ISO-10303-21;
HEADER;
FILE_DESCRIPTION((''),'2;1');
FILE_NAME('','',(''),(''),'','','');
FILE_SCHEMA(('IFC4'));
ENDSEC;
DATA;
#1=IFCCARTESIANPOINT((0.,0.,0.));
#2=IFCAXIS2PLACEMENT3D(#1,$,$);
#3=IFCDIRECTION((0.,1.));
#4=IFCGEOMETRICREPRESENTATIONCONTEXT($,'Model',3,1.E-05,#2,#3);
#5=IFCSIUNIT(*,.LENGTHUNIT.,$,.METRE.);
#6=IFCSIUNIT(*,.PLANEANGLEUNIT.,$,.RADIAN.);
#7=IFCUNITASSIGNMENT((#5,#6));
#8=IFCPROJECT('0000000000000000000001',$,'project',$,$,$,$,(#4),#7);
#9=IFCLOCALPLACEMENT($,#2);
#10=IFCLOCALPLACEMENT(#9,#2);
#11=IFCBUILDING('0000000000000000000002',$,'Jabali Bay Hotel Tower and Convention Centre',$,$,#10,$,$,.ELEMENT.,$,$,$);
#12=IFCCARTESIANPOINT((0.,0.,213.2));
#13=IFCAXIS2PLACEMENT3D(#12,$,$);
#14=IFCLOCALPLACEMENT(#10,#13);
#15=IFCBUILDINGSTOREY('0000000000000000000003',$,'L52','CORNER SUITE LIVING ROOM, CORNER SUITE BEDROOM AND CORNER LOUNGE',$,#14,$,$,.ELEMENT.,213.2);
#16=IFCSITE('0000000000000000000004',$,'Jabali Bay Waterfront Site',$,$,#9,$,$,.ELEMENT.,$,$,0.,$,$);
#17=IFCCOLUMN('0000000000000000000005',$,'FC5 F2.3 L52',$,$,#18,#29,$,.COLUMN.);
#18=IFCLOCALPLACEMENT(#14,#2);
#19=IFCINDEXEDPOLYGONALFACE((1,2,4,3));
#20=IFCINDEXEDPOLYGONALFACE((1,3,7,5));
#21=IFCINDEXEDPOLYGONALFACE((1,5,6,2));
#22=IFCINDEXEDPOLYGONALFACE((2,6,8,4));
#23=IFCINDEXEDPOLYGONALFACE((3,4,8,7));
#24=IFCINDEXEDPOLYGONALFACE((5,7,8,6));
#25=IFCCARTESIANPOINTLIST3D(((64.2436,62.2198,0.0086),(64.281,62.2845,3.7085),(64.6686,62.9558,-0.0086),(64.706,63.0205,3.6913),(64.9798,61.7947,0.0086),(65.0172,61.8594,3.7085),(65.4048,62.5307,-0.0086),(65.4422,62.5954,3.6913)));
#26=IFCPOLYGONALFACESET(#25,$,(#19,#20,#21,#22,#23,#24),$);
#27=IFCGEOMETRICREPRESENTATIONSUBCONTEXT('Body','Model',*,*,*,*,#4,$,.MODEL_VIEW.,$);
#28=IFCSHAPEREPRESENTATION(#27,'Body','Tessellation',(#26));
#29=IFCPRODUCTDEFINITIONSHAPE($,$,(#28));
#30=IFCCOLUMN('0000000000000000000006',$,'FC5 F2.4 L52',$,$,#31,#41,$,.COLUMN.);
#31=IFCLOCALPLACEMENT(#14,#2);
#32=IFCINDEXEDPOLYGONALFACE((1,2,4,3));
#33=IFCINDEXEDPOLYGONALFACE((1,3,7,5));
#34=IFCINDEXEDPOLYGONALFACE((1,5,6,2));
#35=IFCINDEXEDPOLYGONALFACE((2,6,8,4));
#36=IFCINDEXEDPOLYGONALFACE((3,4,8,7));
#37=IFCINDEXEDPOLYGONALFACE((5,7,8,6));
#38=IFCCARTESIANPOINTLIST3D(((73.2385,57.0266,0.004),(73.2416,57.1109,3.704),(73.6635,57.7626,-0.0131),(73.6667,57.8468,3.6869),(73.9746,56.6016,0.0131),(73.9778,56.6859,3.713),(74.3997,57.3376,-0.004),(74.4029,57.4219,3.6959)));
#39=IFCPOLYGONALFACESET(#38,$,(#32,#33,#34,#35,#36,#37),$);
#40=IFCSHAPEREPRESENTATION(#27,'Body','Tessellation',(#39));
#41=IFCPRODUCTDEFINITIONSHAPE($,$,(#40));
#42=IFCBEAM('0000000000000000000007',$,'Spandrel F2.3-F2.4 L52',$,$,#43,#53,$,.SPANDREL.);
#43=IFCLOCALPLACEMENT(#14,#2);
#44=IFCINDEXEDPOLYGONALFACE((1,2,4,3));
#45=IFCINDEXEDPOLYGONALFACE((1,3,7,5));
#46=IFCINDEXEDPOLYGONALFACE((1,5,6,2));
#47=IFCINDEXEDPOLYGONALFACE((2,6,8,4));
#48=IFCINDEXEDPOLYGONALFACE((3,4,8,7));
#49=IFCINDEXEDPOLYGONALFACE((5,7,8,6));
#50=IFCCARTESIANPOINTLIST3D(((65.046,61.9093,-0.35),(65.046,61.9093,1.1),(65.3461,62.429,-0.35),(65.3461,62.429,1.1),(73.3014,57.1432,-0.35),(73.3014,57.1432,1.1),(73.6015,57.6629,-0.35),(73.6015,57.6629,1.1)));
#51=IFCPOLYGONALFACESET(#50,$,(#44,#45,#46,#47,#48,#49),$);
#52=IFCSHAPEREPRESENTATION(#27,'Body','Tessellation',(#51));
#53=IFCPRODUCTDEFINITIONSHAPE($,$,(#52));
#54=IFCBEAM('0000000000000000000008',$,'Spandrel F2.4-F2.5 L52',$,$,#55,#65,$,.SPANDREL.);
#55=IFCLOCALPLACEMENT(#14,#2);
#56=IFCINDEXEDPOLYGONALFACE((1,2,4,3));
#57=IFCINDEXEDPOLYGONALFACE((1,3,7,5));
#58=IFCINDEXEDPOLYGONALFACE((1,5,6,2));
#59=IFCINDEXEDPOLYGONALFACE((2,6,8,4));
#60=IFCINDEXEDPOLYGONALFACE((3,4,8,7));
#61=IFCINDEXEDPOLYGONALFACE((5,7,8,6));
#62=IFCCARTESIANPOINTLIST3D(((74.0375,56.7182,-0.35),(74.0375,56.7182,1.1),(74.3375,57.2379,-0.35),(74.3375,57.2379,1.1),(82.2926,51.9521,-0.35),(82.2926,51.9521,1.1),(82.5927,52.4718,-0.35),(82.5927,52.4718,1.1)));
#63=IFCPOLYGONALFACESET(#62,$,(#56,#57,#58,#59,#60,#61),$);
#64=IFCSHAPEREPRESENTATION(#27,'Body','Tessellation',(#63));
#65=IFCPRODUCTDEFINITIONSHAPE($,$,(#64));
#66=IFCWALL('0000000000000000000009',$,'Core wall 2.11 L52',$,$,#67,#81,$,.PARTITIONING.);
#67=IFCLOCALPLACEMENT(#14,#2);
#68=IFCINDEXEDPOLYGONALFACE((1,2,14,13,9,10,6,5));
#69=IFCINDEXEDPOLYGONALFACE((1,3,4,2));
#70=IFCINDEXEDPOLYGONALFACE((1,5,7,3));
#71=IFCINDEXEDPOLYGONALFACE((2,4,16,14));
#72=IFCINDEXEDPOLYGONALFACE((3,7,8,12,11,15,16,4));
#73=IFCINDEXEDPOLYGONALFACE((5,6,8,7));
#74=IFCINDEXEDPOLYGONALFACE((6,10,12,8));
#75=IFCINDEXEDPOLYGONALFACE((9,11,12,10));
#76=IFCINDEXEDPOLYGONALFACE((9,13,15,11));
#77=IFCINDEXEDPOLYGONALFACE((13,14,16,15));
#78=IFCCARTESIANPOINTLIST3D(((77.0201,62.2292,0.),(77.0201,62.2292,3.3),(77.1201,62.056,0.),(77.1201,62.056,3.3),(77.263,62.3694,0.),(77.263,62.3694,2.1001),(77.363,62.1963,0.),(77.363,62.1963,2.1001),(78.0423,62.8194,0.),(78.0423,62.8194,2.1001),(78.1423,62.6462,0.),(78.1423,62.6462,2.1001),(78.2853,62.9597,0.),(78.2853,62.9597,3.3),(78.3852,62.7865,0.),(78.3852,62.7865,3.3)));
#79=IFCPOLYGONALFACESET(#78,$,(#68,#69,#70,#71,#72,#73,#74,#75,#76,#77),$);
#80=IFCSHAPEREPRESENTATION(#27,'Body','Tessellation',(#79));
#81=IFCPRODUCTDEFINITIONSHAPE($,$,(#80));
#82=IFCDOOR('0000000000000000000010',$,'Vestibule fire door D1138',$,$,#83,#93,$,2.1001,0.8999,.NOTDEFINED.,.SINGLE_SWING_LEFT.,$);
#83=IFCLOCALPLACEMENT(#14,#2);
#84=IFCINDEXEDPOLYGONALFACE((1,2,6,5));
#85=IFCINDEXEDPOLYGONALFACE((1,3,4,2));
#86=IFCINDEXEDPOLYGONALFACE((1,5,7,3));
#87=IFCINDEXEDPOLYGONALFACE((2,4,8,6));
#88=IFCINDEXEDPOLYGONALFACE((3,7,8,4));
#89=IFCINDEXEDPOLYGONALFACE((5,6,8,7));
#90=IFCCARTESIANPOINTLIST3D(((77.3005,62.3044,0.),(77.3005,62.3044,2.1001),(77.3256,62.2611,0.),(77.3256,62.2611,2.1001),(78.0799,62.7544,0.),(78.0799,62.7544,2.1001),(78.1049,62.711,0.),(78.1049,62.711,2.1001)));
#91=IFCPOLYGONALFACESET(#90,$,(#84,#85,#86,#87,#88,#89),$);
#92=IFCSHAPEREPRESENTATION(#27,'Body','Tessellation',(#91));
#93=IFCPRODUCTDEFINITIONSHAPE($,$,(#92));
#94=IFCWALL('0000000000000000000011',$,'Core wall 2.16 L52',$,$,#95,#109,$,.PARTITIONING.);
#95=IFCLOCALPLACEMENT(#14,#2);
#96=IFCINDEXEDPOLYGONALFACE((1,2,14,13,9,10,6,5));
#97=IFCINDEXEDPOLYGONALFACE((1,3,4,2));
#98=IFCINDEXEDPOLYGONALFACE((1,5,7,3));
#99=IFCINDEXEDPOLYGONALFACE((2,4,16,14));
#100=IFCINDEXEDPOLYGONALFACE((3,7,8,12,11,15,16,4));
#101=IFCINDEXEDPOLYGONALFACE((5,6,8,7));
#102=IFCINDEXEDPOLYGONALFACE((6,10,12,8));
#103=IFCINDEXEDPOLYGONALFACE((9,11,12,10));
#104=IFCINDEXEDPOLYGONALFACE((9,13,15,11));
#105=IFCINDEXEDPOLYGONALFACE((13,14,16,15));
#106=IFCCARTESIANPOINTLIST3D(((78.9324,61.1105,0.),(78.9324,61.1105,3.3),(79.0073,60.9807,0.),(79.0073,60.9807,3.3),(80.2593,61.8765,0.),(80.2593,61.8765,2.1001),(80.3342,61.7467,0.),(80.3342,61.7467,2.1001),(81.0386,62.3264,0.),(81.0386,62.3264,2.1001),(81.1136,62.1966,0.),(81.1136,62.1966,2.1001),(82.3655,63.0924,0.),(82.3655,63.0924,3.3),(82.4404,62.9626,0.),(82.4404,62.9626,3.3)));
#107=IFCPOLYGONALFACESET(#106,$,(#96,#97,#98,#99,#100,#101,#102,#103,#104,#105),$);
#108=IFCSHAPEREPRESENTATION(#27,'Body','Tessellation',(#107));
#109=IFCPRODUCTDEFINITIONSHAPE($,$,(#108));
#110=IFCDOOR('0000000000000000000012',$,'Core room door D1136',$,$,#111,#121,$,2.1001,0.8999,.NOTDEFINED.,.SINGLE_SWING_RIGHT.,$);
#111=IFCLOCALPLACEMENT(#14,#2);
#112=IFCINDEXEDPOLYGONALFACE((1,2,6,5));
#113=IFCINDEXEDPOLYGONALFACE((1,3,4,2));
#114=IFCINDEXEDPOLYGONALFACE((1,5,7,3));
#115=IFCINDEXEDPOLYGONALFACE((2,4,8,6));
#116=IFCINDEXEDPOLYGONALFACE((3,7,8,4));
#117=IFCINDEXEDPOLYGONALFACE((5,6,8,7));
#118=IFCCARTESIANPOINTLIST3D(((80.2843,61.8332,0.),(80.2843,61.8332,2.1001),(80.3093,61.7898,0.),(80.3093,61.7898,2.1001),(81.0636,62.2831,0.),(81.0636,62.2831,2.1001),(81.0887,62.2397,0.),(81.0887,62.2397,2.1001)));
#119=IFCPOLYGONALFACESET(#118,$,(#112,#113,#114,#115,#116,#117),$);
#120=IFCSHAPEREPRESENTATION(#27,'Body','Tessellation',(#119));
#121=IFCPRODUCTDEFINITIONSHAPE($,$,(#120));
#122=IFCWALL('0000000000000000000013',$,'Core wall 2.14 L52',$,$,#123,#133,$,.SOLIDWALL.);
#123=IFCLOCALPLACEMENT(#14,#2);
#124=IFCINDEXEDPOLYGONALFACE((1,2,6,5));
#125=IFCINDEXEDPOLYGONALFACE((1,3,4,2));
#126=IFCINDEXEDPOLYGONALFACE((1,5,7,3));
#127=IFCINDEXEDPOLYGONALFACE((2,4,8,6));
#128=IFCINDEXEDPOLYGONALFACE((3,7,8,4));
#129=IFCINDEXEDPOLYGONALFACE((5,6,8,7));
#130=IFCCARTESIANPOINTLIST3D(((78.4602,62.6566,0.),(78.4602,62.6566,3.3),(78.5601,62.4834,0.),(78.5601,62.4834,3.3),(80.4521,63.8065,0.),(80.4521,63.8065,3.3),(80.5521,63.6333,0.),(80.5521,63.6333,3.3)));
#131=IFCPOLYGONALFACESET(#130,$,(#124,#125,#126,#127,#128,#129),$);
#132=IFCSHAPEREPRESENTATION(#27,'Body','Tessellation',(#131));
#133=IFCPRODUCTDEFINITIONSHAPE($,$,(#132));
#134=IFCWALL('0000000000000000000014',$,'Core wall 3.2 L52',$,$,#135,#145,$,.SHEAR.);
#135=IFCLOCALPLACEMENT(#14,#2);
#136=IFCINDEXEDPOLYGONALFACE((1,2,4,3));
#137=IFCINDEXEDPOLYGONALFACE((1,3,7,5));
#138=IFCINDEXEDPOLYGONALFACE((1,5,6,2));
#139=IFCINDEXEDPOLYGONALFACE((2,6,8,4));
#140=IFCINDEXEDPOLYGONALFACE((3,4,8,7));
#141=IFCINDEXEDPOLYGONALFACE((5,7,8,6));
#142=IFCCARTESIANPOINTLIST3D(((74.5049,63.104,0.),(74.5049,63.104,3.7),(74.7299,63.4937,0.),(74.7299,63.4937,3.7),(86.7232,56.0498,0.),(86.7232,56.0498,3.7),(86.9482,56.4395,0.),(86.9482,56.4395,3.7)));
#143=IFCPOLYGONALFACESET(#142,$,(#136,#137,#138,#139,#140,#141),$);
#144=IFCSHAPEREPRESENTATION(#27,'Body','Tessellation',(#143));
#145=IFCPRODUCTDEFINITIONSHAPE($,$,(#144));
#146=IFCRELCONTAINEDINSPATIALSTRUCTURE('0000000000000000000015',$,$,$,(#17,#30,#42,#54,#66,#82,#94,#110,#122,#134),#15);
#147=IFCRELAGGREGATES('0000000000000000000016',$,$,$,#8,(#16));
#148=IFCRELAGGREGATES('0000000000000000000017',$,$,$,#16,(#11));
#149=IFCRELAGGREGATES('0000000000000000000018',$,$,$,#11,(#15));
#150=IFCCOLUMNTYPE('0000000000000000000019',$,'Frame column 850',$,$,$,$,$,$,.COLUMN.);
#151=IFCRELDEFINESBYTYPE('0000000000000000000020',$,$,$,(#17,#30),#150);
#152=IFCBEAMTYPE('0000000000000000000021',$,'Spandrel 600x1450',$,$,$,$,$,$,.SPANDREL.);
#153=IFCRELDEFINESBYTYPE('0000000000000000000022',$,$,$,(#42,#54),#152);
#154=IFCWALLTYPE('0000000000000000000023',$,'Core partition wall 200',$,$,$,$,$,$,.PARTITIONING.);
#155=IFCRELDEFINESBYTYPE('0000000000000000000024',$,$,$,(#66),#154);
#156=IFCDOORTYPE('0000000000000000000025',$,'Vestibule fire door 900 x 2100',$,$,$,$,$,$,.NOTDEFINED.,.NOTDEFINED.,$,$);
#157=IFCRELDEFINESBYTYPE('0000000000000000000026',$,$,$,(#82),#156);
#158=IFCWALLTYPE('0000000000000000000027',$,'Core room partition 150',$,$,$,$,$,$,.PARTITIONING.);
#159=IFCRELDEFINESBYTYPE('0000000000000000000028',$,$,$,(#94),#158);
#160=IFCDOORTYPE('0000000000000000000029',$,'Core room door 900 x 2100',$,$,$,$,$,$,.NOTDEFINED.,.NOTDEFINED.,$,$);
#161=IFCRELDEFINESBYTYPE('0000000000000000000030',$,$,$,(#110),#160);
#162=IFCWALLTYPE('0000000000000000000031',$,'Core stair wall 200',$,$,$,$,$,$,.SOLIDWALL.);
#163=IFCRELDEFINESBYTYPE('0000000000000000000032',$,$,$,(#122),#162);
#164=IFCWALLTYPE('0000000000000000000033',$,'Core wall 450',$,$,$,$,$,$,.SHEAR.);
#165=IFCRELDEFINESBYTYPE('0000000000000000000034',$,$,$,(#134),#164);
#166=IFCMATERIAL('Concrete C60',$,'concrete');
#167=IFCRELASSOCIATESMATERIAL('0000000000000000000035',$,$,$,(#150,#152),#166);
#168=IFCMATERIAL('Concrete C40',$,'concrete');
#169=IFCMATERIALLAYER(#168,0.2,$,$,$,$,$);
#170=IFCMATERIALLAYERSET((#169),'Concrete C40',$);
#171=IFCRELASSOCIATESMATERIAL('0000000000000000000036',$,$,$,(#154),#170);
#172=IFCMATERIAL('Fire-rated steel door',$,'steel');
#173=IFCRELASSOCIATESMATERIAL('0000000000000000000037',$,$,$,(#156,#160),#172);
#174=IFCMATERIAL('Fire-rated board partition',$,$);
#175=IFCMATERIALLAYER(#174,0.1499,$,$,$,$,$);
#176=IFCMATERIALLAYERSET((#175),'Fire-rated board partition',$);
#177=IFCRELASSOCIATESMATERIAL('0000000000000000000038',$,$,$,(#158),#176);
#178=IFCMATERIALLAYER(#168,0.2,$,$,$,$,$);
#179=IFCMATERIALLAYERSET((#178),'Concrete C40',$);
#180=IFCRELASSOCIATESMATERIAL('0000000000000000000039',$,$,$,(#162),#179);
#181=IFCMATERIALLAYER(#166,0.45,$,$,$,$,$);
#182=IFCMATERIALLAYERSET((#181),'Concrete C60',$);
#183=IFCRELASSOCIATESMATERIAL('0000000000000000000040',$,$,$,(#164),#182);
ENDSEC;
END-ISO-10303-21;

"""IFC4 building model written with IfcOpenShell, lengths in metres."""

from ifc_helpers import new_model, si_unit, direction, frame, frame_2d, origin, origin_2d, place, context, subcontext, project, spatial, rectangle, extrude, material, layer, layer_set, material_profile, profile_set, type_object, element, fill, save


model = new_model("IFC4")

# Units and contexts
model_context = context("Model", 3, precision=1e-05, world=origin(), true_north=direction((0.0, 1.0)))
body_context = subcontext(model_context, "Body", "Model", "MODEL_VIEW")
ifc_project = project(units=[si_unit("LENGTHUNIT", "METRE"), si_unit("PLANEANGLEUNIT", "RADIAN")], contexts=[model_context])

# Site, building, storey
site_placement = place(None, origin())
site = spatial("IfcSite", under=ifc_project, at=site_placement, Name="Jabali Bay Waterfront Site", CompositionType="ELEMENT", RefElevation=0.0)
building_placement = place(site_placement, origin())
building = spatial("IfcBuilding", under=site, at=building_placement, Name="Jabali Bay Hotel Tower and Convention Centre", CompositionType="ELEMENT")
storey_placement = place(building_placement, frame((0.0, 0.0, 213.2)))
storey = spatial("IfcBuildingStorey", under=building, at=storey_placement, Name="L52", Description="CORNER SUITE LIVING ROOM, CORNER SUITE BEDROOM AND CORNER LOUNGE", CompositionType="ELEMENT", Elevation=213.2)

# Columns
ifc_material_1 = material(Name="Concrete C60", Category="concrete")
ifc_material_profile_1 = material_profile(ifc_material_1, rectangle(XDim=0.8501, YDim=0.8501, at=origin_2d()), Name="Frame column 850")
ifc_profile_set_1 = profile_set([ifc_material_profile_1], Name="Concrete C60")
column_type = type_object("IfcColumnType", Name="Frame column 850", PredefinedType="COLUMN", material=ifc_profile_set_1)
column_1_placement = place(storey_placement, frame((64.8242, 62.3752, 0.0), z_axis=(0.010094, 0.017482, 0.999796), x_axis=(-0.499923, -0.865835, 0.020187)))
element("IfcColumn", 1, at=column_1_placement, inside=storey, type_object=column_type, Name="FC5 F2.3 L52", PredefinedType="COLUMN", context=body_context, shape_type="SweptSolid", body=[
    extrude(rectangle(XDim=0.8501, YDim=0.8501, at=origin_2d()), origin(), (0.0, 0.0, 1.0), 3.7007),
])
column_2_placement = place(storey_placement, frame((73.8191, 57.1821, 0.0), z_axis=(0.000858, 0.022759, 0.999741), x_axis=(-0.500044, -0.865766, 0.020138)))
element("IfcColumn", 2, at=column_2_placement, inside=storey, type_object=column_type, Name="FC5 F2.4 L52", PredefinedType="COLUMN", context=body_context, shape_type="SweptSolid", body=[
    extrude(rectangle(XDim=0.8501, YDim=0.8501, at=origin_2d()), origin(), (0.0, 0.0, 1.0), 3.7009),
])

# Beams
ifc_material_profile_2 = material_profile(ifc_material_1, rectangle(XDim=0.6001, YDim=1.45, at=origin_2d()), Name="Spandrel 600x1450")
ifc_profile_set_2 = profile_set([ifc_material_profile_2], Name="Concrete C60")
beam_type = type_object("IfcBeamType", Name="Spandrel 600x1450", PredefinedType="SPANDREL", material=ifc_profile_set_2)
beam_1_placement = place(storey_placement, frame((65.196, 62.1692, 0.375), z_axis=(0.866031, -0.49999, 0.0), x_axis=(0.49999, 0.866031, 0.0)))
element("IfcBeam", 3, at=beam_1_placement, inside=storey, type_object=beam_type, Name="Spandrel F2.3-F2.4 L52", PredefinedType="SPANDREL", context=body_context, shape_type="SweptSolid", body=[
    extrude(rectangle(XDim=0.6001, YDim=1.45, at=origin_2d()), origin(), (0.0, 0.0, 1.0), 9.5325),
])
beam_2_placement = place(storey_placement, frame((74.1875, 56.978, 0.375), z_axis=(0.866025, -0.500001, 0.0), x_axis=(0.500001, 0.866025, 0.0)))
element("IfcBeam", 4, at=beam_2_placement, inside=storey, type_object=beam_type, Name="Spandrel F2.4-F2.5 L52", PredefinedType="SPANDREL", context=body_context, shape_type="SweptSolid", body=[
    extrude(rectangle(XDim=0.6001, YDim=1.45, at=origin_2d()), origin(), (0.0, 0.0, 1.0), 9.5322),
])

# Walls, openings, doors
ifc_material_2 = material(Name="Concrete C40", Category="concrete")
ifc_layer_1 = layer(ifc_material_2, 0.2)
ifc_layer_set_1 = layer_set([ifc_layer_1], Name="Concrete C40")
wall_type_1 = type_object("IfcWallType", Name="Core partition wall 200", PredefinedType="PARTITIONING", material=ifc_layer_set_1)
wall_1_placement = place(storey_placement, frame((77.0701, 62.1426, 0.0), z_axis=(0.0, 0.0, 1.0), x_axis=(0.866013, 0.500021, 0.0)))
wall_1 = element("IfcWall", 5, at=wall_1_placement, inside=storey, type_object=wall_type_1, Name="Core wall 2.11 L52", PredefinedType="PARTITIONING", context=body_context, shape_type="SweptSolid", body=[
    extrude(rectangle(XDim=1.4609, YDim=0.2, at=frame_2d((0.7305, 0.0))), origin(), (0.0, 0.0, 1.0), 3.3),
])
opening_1_placement = place(wall_1_placement, frame((0.2805, 0.0, 0.0)))
opening_1 = element("IfcOpeningElement", 6, at=opening_1_placement, cuts=wall_1, PredefinedType="OPENING", context=body_context, shape_type="SweptSolid", body=[
    extrude(rectangle(XDim=0.8999, YDim=2.1001, at=frame_2d((0.45, 1.05))), frame((0.0, 0.1104, 0.0), z_axis=(0.0, -1.0, 0.0), x_axis=(1.0, 0.0, 0.0)), (0.0, 0.0, 1.0), 0.2209),
])
ifc_material_3 = material(Name="Fire-rated steel door", Category="steel")
door_type_1 = type_object("IfcDoorType", Name="Vestibule fire door 900 x 2100", OperationType="NOTDEFINED", PredefinedType="NOTDEFINED", material=ifc_material_3)
door_1_placement = place(opening_1_placement, origin())
door_1 = element("IfcDoor", 7, at=door_1_placement, inside=storey, type_object=door_type_1, Name="Vestibule fire door D1138", OperationType="SINGLE_SWING_LEFT", OverallHeight=2.1001, OverallWidth=0.8999, PredefinedType="NOTDEFINED", context=body_context, shape_type="SweptSolid", body=[
    extrude(rectangle(XDim=0.8999, YDim=2.1001, at=frame_2d((0.45, 1.05))), frame((0.0, 0.0249, 0.0), z_axis=(0.0, -1.0, 0.0), x_axis=(1.0, 0.0, 0.0)), (0.0, 0.0, 1.0), 0.05),
])
fill(opening_1, door_1)
ifc_material_4 = material(Name="Fire-rated board partition")
ifc_layer_2 = layer(ifc_material_4, 0.1499)
ifc_layer_set_2 = layer_set([ifc_layer_2], Name="Fire-rated board partition")
wall_type_2 = type_object("IfcWallType", Name="Core room partition 150", PredefinedType="PARTITIONING", material=ifc_layer_set_2)
wall_2_placement = place(storey_placement, frame((78.97, 61.0457, 0.0), z_axis=(0.0, 0.0, 1.0), x_axis=(0.866044, 0.499968, 0.0)))
wall_2 = element("IfcWall", 8, at=wall_2_placement, inside=storey, type_object=wall_type_2, Name="Core wall 2.16 L52", PredefinedType="PARTITIONING", context=body_context, shape_type="SweptSolid", body=[
    extrude(rectangle(XDim=3.9641, YDim=0.1499, at=frame_2d((1.9819, 0.0))), origin(), (0.0, 0.0, 1.0), 3.3),
])
opening_2_placement = place(wall_2_placement, frame((1.532, 0.0, 0.0)))
opening_2 = element("IfcOpeningElement", 9, at=opening_2_placement, cuts=wall_2, PredefinedType="OPENING", context=body_context, shape_type="SweptSolid", body=[
    extrude(rectangle(XDim=0.8999, YDim=2.1001, at=frame_2d((0.45, 1.05))), frame((0.0, 0.0854, 0.0), z_axis=(0.0, -1.0, 0.0), x_axis=(1.0, 0.0, 0.0)), (0.0, 0.0, 1.0), 0.1709),
])
door_type_2 = type_object("IfcDoorType", Name="Core room door 900 x 2100", OperationType="NOTDEFINED", PredefinedType="NOTDEFINED", material=ifc_material_3)
door_2_placement = place(opening_2_placement, origin())
door_2 = element("IfcDoor", 10, at=door_2_placement, inside=storey, type_object=door_type_2, Name="Core room door D1136", OperationType="SINGLE_SWING_RIGHT", OverallHeight=2.1001, OverallWidth=0.8999, PredefinedType="NOTDEFINED", context=body_context, shape_type="SweptSolid", body=[
    extrude(rectangle(XDim=0.8999, YDim=2.1001, at=frame_2d((0.45, 1.05))), frame((0.0, 0.0249, 0.0), z_axis=(0.0, -1.0, 0.0), x_axis=(1.0, 0.0, 0.0)), (0.0, 0.0, 1.0), 0.05),
])
fill(opening_2, door_2)

# Walls
ifc_layer_3 = layer(ifc_material_2, 0.2)
ifc_layer_set_3 = layer_set([ifc_layer_3], Name="Concrete C40")
wall_type_3 = type_object("IfcWallType", Name="Core stair wall 200", PredefinedType="SOLIDWALL", material=ifc_layer_set_3)
wall_3_placement = place(storey_placement, frame((78.5103, 62.5701, 0.0), z_axis=(0.0, 0.0, 1.0), x_axis=(0.866053, 0.499952, 0.0)))
element("IfcWall", 11, at=wall_3_placement, inside=storey, type_object=wall_type_3, Name="Core wall 2.14 L52", PredefinedType="SOLIDWALL", context=body_context, shape_type="SweptSolid", body=[
    extrude(rectangle(XDim=2.3, YDim=0.2, at=frame_2d((1.1499, 0.0))), origin(), (0.0, 0.0, 1.0), 3.3),
])
ifc_layer_4 = layer(ifc_material_1, 0.45)
ifc_layer_set_4 = layer_set([ifc_layer_4], Name="Concrete C60")
wall_type_4 = type_object("IfcWallType", Name="Core wall 450", PredefinedType="SHEAR", material=ifc_layer_set_4)
wall_4_placement = place(storey_placement, frame((74.6174, 63.2988, 0.0), z_axis=(0.0, 0.0, 1.0), x_axis=(0.866026, -0.499999, 0.0)))
element("IfcWall", 12, at=wall_4_placement, inside=storey, type_object=wall_type_4, Name="Core wall 3.2 L52", PredefinedType="SHEAR", context=body_context, shape_type="SweptSolid", body=[
    extrude(rectangle(XDim=14.1084, YDim=0.45, at=frame_2d((7.0542, 0.0))), origin(), (0.0, 0.0, 1.0), 3.7),
])

save(model, "model.ifc")
